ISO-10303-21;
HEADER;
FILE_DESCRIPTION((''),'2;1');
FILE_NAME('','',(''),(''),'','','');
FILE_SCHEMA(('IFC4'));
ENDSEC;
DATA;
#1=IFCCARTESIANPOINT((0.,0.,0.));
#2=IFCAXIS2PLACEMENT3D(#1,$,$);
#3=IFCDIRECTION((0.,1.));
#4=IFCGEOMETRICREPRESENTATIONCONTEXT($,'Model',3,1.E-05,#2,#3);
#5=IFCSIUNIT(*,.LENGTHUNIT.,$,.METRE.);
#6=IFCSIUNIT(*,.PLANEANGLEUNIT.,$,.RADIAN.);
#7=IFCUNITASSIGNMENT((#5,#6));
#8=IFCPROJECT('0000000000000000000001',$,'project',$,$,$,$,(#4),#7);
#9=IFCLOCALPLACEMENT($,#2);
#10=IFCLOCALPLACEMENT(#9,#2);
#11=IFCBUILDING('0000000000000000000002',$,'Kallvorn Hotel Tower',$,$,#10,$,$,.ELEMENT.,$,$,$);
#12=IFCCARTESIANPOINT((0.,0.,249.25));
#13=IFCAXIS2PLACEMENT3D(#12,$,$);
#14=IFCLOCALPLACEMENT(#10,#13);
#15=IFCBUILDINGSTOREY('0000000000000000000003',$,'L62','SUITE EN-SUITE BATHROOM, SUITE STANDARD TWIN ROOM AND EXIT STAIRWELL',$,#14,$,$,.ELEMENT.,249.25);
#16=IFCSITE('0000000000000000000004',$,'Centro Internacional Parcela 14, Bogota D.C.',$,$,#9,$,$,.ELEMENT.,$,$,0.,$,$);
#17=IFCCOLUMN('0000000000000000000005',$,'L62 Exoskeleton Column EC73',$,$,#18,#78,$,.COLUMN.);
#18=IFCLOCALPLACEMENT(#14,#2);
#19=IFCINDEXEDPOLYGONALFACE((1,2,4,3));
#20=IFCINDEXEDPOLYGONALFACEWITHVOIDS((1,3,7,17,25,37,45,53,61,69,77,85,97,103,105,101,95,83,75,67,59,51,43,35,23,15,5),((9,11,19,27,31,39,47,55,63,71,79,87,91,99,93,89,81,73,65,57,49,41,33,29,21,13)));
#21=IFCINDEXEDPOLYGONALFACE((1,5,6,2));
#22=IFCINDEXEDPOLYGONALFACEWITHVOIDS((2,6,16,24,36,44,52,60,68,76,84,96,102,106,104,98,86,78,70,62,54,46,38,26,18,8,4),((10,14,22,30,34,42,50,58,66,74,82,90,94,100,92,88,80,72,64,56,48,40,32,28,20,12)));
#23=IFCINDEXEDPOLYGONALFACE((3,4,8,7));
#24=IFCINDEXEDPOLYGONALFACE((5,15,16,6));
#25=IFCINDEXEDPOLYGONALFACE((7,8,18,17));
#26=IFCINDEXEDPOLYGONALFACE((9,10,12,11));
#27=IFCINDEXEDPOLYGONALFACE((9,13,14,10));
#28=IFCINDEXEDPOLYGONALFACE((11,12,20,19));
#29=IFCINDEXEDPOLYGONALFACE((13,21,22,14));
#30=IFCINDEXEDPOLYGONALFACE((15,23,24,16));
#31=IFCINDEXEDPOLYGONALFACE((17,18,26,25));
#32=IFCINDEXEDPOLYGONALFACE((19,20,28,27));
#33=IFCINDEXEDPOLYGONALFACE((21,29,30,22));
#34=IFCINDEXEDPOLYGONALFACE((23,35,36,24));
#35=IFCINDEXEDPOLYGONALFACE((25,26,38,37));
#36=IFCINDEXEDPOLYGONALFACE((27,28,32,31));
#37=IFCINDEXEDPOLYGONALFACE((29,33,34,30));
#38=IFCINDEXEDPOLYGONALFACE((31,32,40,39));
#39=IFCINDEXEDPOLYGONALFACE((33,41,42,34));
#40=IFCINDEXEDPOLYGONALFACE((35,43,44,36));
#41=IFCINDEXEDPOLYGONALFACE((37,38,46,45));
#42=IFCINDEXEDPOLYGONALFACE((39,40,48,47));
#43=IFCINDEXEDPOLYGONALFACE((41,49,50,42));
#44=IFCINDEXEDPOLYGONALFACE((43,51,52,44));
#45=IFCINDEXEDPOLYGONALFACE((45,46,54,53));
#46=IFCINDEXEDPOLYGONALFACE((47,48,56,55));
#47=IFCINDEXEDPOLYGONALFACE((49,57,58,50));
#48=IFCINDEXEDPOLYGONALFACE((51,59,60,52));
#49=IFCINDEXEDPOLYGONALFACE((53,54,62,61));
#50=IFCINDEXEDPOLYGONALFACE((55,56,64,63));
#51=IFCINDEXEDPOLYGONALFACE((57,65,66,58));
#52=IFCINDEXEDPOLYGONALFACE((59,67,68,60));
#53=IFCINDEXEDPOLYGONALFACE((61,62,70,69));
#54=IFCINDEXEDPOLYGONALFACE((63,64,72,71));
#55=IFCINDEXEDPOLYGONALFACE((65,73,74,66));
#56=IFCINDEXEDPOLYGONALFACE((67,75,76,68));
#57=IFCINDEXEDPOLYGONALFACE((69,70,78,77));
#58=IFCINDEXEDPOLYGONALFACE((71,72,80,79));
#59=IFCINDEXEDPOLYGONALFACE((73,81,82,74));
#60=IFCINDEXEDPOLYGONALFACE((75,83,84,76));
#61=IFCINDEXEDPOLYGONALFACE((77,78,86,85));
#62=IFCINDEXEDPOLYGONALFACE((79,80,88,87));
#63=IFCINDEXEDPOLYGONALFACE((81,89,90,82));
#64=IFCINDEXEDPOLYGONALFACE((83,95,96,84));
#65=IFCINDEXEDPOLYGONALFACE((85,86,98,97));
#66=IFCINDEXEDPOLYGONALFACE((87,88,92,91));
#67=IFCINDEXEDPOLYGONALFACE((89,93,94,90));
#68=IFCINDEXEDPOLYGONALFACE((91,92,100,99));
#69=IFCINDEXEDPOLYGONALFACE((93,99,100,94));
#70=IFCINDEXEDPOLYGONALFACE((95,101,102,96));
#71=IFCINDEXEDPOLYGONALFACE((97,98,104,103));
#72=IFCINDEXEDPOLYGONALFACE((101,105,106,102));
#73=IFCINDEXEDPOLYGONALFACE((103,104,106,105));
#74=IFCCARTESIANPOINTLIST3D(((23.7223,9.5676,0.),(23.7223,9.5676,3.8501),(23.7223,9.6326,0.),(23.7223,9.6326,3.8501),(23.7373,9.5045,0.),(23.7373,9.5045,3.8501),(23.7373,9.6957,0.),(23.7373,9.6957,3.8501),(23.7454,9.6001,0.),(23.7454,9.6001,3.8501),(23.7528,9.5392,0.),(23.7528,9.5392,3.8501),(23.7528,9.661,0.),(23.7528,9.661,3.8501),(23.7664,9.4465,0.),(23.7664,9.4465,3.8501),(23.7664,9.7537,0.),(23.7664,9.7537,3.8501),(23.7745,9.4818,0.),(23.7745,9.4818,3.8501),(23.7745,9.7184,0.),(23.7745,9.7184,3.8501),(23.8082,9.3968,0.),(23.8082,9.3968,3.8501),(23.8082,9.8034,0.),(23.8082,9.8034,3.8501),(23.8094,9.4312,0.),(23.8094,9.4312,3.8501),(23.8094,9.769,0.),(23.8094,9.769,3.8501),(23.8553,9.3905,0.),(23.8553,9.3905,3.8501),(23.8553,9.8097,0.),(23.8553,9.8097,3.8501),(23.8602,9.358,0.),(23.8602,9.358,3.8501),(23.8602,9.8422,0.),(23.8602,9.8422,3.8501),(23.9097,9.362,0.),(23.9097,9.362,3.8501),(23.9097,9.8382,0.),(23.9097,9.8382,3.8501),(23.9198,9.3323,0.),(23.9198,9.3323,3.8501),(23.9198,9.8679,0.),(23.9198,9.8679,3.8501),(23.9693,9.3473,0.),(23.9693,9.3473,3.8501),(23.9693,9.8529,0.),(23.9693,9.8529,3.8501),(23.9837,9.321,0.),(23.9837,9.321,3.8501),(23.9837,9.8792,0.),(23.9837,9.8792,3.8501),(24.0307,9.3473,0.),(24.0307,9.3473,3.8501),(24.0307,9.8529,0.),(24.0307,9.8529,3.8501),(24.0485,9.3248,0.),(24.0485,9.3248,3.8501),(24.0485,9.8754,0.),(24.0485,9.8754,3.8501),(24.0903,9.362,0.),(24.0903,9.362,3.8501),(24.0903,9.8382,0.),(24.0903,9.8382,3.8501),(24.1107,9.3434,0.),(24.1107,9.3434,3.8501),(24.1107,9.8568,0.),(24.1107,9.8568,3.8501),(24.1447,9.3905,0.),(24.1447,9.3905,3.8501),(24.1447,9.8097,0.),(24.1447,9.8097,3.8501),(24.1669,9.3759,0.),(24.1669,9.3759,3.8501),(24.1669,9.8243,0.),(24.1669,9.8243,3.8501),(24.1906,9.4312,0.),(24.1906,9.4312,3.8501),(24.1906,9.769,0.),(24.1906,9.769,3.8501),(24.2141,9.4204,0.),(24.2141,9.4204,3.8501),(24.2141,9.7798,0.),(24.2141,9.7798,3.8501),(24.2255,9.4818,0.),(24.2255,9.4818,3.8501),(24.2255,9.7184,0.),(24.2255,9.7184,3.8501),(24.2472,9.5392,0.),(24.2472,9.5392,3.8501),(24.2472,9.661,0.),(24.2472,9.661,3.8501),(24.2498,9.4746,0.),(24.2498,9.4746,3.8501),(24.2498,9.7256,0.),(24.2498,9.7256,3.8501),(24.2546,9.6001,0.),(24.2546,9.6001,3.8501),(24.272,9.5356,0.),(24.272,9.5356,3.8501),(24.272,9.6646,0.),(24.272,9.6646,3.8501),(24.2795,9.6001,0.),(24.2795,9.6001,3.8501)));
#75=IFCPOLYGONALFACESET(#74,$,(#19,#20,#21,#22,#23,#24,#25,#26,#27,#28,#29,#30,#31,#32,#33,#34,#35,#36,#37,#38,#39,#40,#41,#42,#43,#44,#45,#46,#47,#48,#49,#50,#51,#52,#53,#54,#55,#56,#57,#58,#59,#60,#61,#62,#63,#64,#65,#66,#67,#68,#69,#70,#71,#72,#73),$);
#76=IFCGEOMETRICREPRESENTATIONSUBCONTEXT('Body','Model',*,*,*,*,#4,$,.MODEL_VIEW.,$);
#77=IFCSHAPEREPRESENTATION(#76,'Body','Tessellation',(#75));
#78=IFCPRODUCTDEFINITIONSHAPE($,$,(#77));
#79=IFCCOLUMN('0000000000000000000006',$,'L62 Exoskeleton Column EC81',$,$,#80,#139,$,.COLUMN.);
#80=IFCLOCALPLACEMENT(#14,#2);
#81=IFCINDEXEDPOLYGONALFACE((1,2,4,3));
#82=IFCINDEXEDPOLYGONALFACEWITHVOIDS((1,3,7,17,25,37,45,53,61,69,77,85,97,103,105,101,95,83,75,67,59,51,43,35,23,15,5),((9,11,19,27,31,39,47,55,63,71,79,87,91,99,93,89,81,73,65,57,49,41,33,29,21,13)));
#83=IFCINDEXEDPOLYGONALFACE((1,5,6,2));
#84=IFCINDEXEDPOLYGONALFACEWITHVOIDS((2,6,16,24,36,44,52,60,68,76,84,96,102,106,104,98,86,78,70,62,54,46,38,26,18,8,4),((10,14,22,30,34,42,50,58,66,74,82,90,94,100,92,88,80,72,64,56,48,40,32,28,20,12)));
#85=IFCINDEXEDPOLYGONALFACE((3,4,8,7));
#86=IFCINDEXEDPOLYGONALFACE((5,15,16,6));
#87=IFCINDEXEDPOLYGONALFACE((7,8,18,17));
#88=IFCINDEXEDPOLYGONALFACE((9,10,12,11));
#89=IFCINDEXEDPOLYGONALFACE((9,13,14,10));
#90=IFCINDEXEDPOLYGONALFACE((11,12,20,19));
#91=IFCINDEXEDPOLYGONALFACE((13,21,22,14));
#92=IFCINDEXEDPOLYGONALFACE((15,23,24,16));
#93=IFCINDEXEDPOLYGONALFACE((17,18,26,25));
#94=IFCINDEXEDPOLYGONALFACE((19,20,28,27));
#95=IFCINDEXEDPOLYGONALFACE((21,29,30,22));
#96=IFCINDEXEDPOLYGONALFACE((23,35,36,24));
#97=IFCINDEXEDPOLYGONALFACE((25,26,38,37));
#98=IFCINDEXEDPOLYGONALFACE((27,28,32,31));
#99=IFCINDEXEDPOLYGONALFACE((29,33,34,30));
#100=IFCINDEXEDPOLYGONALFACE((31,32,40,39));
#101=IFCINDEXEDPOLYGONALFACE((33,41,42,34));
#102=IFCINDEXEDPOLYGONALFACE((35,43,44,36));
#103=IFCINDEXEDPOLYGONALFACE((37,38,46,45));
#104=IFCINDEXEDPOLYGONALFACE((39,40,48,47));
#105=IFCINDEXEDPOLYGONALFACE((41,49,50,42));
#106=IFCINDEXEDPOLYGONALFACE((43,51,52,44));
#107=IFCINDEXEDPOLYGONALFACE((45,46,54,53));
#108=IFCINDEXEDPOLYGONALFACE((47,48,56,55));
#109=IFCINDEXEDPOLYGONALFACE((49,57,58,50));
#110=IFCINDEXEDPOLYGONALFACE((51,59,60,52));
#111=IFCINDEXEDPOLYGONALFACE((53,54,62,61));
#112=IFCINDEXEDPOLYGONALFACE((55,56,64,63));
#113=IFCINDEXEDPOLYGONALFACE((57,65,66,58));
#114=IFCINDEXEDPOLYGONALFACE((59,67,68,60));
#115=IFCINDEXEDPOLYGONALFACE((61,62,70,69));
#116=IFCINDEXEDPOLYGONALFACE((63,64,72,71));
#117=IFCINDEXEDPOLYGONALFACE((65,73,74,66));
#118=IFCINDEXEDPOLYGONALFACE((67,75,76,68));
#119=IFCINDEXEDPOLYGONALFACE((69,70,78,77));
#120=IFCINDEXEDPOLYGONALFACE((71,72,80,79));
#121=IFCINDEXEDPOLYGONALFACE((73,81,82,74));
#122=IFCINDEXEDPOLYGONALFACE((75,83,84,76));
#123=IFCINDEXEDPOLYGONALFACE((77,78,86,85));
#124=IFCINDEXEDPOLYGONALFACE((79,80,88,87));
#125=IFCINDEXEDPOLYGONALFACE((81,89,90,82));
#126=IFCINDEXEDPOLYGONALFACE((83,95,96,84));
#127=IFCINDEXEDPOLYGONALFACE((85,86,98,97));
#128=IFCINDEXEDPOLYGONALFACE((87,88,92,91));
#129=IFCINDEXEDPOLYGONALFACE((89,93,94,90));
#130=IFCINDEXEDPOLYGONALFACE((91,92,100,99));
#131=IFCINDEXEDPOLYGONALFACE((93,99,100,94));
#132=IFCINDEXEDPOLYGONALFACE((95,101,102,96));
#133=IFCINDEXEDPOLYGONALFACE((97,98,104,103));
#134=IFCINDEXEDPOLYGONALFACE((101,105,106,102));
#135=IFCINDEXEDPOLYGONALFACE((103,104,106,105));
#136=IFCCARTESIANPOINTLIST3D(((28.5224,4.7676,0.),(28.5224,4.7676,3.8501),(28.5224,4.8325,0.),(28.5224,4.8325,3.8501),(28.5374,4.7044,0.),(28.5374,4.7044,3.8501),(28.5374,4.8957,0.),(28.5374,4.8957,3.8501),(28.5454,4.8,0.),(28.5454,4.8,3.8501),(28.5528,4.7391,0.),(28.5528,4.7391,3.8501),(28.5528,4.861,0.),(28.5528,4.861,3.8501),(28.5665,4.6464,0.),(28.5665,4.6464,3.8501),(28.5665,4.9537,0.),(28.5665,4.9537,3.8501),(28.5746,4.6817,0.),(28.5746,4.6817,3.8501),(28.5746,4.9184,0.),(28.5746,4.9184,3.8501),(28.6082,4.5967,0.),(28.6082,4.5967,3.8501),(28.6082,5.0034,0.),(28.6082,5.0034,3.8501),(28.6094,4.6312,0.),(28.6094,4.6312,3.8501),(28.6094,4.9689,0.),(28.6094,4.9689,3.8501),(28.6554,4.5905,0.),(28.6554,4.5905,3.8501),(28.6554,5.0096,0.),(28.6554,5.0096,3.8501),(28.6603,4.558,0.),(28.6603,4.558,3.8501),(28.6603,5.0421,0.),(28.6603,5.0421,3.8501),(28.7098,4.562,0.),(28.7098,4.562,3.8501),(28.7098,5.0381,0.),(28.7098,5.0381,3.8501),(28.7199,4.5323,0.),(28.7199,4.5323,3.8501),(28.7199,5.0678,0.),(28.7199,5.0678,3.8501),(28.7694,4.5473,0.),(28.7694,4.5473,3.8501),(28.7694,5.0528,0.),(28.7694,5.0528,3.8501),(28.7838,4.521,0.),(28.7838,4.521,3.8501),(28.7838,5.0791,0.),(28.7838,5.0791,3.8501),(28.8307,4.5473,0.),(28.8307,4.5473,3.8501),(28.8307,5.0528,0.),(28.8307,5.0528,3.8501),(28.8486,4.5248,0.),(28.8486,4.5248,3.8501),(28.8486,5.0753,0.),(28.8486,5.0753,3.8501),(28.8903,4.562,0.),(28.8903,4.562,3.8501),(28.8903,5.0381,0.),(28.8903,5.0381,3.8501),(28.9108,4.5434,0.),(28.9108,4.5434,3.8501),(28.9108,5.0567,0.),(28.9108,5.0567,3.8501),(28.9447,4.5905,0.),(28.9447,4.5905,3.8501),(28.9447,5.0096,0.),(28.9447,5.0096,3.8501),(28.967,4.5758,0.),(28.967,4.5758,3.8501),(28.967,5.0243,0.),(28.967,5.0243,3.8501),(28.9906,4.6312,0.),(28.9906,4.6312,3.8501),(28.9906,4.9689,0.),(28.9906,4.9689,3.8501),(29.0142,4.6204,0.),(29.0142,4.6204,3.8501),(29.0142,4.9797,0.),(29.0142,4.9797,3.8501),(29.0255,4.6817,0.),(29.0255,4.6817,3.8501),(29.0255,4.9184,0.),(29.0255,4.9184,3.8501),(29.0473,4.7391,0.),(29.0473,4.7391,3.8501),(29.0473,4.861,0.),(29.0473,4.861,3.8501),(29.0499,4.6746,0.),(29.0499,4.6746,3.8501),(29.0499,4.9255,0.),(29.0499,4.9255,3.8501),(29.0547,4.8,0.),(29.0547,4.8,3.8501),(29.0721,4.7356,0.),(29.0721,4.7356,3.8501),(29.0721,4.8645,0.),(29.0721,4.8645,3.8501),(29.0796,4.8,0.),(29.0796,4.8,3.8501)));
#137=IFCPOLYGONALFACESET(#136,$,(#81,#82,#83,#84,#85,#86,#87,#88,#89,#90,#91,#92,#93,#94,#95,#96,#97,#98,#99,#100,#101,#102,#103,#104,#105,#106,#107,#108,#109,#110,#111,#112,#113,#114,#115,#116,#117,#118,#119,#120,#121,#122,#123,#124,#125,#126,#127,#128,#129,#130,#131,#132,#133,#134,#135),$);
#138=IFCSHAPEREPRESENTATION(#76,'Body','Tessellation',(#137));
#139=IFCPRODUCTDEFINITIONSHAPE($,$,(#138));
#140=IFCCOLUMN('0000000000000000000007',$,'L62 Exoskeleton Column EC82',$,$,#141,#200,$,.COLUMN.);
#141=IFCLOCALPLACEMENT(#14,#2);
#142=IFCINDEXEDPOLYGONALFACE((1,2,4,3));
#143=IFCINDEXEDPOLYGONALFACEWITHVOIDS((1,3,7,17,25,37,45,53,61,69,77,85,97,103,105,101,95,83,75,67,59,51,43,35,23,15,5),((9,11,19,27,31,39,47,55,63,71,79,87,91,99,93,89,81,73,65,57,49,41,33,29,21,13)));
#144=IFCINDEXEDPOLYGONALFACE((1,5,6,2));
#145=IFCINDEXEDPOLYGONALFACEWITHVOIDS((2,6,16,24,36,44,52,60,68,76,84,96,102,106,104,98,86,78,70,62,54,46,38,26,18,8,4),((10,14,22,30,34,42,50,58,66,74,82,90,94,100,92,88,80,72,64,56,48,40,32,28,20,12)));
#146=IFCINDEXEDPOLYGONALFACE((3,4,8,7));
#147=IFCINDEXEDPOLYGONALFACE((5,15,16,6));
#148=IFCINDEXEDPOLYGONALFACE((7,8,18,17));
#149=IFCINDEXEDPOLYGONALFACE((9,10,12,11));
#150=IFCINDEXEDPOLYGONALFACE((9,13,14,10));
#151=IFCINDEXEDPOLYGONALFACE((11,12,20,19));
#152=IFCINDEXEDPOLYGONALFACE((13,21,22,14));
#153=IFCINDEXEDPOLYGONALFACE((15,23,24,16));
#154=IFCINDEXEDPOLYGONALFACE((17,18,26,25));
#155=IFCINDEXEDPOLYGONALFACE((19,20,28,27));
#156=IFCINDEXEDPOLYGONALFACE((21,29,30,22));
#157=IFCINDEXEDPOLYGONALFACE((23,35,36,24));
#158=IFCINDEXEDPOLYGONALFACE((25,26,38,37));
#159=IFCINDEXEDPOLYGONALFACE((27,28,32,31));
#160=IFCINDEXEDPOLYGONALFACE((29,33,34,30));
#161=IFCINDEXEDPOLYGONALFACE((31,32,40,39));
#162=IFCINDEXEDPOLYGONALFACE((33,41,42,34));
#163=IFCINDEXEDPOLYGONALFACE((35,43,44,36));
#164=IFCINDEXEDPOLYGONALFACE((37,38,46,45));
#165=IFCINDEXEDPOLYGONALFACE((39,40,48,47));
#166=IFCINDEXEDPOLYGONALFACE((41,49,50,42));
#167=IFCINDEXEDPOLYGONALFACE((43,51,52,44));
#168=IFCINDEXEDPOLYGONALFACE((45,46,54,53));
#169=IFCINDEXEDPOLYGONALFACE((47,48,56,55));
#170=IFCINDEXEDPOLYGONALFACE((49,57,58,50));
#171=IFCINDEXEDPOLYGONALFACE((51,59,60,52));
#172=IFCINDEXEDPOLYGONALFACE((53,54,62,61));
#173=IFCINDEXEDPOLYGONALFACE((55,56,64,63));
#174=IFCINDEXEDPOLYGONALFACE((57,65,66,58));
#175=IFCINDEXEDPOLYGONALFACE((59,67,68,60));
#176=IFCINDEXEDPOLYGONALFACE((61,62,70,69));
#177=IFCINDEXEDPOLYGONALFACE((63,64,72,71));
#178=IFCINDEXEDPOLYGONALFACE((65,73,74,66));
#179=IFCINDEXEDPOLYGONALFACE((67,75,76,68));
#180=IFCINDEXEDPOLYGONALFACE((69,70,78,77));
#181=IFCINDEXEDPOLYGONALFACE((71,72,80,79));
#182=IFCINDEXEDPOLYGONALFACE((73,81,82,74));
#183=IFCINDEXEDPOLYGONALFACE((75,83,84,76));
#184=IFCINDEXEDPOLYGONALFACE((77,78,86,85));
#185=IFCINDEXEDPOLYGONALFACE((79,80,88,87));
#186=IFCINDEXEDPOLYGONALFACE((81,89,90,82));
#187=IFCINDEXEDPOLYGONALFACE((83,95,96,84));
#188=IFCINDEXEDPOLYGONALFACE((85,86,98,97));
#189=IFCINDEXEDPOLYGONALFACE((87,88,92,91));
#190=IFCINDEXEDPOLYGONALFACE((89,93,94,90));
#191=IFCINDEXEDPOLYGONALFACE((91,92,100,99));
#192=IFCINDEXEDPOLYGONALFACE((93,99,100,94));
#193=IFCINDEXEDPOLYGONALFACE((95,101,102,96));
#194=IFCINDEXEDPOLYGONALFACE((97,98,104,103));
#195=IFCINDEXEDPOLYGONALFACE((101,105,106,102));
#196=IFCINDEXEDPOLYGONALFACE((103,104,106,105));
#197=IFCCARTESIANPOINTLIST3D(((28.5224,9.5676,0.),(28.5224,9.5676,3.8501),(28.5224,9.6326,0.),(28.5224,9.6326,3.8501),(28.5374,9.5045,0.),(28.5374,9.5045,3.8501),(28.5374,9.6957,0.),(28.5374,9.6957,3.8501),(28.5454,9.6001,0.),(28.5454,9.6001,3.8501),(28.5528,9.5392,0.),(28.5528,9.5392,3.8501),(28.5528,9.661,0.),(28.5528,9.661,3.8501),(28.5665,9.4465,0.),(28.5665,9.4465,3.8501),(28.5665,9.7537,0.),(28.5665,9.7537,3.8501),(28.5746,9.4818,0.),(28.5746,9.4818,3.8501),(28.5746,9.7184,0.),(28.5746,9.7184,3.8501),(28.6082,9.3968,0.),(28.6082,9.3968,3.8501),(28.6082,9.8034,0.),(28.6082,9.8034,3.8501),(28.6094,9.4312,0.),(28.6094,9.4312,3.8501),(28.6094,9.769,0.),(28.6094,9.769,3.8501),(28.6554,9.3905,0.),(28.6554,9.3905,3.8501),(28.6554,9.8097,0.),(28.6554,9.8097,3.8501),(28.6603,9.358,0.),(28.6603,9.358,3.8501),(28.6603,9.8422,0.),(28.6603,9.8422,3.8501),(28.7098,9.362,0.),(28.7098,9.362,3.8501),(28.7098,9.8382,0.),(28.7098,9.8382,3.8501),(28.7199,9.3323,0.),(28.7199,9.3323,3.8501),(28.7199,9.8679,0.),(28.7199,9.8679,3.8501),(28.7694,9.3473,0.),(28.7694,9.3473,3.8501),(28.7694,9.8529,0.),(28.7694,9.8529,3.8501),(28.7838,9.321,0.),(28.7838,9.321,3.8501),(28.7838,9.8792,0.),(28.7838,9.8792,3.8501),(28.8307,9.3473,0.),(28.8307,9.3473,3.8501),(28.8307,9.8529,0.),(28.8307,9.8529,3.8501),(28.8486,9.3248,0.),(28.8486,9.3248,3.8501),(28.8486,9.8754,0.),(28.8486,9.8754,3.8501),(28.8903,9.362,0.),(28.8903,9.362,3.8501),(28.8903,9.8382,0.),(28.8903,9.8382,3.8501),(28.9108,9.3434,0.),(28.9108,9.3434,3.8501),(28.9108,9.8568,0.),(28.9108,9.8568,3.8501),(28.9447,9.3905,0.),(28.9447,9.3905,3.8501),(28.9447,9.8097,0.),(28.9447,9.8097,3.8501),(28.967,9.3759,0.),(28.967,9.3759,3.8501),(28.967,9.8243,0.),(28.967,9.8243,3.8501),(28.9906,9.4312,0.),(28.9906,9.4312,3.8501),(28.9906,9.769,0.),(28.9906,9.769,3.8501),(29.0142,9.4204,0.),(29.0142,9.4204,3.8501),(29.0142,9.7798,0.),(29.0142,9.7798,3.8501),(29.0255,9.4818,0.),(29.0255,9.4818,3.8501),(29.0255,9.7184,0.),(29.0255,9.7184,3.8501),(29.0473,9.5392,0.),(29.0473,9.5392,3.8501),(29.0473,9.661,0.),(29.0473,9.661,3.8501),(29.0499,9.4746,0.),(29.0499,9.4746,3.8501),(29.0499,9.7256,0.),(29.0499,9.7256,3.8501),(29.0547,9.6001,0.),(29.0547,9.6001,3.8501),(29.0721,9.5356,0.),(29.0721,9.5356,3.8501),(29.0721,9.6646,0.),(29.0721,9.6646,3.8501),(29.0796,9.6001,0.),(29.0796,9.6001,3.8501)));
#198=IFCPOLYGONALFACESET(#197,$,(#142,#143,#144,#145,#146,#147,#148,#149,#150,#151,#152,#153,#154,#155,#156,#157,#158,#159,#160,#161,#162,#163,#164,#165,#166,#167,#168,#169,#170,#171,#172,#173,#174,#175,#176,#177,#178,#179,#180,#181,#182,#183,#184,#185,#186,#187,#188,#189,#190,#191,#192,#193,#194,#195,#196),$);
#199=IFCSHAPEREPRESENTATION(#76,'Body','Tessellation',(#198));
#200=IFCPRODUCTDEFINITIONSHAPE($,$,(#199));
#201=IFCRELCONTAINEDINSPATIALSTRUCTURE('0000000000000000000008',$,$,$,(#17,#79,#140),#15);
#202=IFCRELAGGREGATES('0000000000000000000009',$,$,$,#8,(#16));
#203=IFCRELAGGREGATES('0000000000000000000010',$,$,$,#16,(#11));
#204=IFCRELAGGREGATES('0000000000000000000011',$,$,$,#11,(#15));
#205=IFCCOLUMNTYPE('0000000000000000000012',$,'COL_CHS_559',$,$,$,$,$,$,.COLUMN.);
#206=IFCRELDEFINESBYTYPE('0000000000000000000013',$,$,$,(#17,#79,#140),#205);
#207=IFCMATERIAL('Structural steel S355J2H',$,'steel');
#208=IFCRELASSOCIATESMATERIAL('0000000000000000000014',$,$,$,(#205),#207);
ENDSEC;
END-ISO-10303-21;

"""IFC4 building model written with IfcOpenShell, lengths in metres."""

from ifc_helpers import new_model, si_unit, direction, frame, origin, origin_2d, place, context, subcontext, project, spatial, hollow_circle, extrude, material, material_profile, profile_set, type_object, element, save


model = new_model("IFC4")

# Units and contexts
model_context = context("Model", 3, precision=1e-05, world=origin(), true_north=direction((0.0, 1.0)))
body_context = subcontext(model_context, "Body", "Model", "MODEL_VIEW")
ifc_project = project(units=[si_unit("LENGTHUNIT", "METRE"), si_unit("PLANEANGLEUNIT", "RADIAN")], contexts=[model_context])

# Site, building, storey
site_placement = place(None, origin())
site = spatial("IfcSite", under=ifc_project, at=site_placement, Name="Centro Internacional Parcela 14, Bogota D.C.", CompositionType="ELEMENT", RefElevation=0.0)
building_placement = place(site_placement, origin())
building = spatial("IfcBuilding", under=site, at=building_placement, Name="Kallvorn Hotel Tower", CompositionType="ELEMENT")
storey_placement = place(building_placement, frame((0.0, 0.0, 249.25)))
storey = spatial("IfcBuildingStorey", under=building, at=storey_placement, Name="L62", Description="SUITE EN-SUITE BATHROOM, SUITE STANDARD TWIN ROOM AND EXIT STAIRWELL", CompositionType="ELEMENT", Elevation=249.25)

# Columns
ifc_material_1 = material(Name="Structural steel S355J2H", Category="steel")
ifc_material_profile_1 = material_profile(ifc_material_1, hollow_circle(Radius=0.2795, WallThickness=0.0249, at=origin_2d()), Name="CHS 559x25")
ifc_profile_set_1 = profile_set([ifc_material_profile_1], Name="Structural steel S355J2H")
column_type_1 = type_object("IfcColumnType", Name="COL_CHS_559", PredefinedType="COLUMN", material=ifc_profile_set_1)
for number, where, z_axis, x_axis, name in (
    (1, (24.0, 9.6001, 0.0), (0.0, 0.0, 1.0), (1.0, 0.0, 0.0), "L62 Exoskeleton Column EC73"),
    (2, (28.8, 4.8, 0.0), (0.0, 0.0, 1.0), (1.0, 0.0, 0.0), "L62 Exoskeleton Column EC81"),
    (3, (28.8, 9.6001, 0.0), (0.0, 0.0, 1.0), (1.0, 0.0, 0.0), "L62 Exoskeleton Column EC82"),
):
    element("IfcColumn", number, at=place(storey_placement, frame(where, z_axis=z_axis, x_axis=x_axis)), inside=storey, type_object=column_type_1, Name=name, PredefinedType="COLUMN", context=body_context, shape_type="SweptSolid", body=[
        extrude(hollow_circle(Radius=0.2795, WallThickness=0.0249, at=origin_2d()), origin(), (0.0, 0.0, 1.0), 3.8501),
    ])

save(model, "model.ifc")
